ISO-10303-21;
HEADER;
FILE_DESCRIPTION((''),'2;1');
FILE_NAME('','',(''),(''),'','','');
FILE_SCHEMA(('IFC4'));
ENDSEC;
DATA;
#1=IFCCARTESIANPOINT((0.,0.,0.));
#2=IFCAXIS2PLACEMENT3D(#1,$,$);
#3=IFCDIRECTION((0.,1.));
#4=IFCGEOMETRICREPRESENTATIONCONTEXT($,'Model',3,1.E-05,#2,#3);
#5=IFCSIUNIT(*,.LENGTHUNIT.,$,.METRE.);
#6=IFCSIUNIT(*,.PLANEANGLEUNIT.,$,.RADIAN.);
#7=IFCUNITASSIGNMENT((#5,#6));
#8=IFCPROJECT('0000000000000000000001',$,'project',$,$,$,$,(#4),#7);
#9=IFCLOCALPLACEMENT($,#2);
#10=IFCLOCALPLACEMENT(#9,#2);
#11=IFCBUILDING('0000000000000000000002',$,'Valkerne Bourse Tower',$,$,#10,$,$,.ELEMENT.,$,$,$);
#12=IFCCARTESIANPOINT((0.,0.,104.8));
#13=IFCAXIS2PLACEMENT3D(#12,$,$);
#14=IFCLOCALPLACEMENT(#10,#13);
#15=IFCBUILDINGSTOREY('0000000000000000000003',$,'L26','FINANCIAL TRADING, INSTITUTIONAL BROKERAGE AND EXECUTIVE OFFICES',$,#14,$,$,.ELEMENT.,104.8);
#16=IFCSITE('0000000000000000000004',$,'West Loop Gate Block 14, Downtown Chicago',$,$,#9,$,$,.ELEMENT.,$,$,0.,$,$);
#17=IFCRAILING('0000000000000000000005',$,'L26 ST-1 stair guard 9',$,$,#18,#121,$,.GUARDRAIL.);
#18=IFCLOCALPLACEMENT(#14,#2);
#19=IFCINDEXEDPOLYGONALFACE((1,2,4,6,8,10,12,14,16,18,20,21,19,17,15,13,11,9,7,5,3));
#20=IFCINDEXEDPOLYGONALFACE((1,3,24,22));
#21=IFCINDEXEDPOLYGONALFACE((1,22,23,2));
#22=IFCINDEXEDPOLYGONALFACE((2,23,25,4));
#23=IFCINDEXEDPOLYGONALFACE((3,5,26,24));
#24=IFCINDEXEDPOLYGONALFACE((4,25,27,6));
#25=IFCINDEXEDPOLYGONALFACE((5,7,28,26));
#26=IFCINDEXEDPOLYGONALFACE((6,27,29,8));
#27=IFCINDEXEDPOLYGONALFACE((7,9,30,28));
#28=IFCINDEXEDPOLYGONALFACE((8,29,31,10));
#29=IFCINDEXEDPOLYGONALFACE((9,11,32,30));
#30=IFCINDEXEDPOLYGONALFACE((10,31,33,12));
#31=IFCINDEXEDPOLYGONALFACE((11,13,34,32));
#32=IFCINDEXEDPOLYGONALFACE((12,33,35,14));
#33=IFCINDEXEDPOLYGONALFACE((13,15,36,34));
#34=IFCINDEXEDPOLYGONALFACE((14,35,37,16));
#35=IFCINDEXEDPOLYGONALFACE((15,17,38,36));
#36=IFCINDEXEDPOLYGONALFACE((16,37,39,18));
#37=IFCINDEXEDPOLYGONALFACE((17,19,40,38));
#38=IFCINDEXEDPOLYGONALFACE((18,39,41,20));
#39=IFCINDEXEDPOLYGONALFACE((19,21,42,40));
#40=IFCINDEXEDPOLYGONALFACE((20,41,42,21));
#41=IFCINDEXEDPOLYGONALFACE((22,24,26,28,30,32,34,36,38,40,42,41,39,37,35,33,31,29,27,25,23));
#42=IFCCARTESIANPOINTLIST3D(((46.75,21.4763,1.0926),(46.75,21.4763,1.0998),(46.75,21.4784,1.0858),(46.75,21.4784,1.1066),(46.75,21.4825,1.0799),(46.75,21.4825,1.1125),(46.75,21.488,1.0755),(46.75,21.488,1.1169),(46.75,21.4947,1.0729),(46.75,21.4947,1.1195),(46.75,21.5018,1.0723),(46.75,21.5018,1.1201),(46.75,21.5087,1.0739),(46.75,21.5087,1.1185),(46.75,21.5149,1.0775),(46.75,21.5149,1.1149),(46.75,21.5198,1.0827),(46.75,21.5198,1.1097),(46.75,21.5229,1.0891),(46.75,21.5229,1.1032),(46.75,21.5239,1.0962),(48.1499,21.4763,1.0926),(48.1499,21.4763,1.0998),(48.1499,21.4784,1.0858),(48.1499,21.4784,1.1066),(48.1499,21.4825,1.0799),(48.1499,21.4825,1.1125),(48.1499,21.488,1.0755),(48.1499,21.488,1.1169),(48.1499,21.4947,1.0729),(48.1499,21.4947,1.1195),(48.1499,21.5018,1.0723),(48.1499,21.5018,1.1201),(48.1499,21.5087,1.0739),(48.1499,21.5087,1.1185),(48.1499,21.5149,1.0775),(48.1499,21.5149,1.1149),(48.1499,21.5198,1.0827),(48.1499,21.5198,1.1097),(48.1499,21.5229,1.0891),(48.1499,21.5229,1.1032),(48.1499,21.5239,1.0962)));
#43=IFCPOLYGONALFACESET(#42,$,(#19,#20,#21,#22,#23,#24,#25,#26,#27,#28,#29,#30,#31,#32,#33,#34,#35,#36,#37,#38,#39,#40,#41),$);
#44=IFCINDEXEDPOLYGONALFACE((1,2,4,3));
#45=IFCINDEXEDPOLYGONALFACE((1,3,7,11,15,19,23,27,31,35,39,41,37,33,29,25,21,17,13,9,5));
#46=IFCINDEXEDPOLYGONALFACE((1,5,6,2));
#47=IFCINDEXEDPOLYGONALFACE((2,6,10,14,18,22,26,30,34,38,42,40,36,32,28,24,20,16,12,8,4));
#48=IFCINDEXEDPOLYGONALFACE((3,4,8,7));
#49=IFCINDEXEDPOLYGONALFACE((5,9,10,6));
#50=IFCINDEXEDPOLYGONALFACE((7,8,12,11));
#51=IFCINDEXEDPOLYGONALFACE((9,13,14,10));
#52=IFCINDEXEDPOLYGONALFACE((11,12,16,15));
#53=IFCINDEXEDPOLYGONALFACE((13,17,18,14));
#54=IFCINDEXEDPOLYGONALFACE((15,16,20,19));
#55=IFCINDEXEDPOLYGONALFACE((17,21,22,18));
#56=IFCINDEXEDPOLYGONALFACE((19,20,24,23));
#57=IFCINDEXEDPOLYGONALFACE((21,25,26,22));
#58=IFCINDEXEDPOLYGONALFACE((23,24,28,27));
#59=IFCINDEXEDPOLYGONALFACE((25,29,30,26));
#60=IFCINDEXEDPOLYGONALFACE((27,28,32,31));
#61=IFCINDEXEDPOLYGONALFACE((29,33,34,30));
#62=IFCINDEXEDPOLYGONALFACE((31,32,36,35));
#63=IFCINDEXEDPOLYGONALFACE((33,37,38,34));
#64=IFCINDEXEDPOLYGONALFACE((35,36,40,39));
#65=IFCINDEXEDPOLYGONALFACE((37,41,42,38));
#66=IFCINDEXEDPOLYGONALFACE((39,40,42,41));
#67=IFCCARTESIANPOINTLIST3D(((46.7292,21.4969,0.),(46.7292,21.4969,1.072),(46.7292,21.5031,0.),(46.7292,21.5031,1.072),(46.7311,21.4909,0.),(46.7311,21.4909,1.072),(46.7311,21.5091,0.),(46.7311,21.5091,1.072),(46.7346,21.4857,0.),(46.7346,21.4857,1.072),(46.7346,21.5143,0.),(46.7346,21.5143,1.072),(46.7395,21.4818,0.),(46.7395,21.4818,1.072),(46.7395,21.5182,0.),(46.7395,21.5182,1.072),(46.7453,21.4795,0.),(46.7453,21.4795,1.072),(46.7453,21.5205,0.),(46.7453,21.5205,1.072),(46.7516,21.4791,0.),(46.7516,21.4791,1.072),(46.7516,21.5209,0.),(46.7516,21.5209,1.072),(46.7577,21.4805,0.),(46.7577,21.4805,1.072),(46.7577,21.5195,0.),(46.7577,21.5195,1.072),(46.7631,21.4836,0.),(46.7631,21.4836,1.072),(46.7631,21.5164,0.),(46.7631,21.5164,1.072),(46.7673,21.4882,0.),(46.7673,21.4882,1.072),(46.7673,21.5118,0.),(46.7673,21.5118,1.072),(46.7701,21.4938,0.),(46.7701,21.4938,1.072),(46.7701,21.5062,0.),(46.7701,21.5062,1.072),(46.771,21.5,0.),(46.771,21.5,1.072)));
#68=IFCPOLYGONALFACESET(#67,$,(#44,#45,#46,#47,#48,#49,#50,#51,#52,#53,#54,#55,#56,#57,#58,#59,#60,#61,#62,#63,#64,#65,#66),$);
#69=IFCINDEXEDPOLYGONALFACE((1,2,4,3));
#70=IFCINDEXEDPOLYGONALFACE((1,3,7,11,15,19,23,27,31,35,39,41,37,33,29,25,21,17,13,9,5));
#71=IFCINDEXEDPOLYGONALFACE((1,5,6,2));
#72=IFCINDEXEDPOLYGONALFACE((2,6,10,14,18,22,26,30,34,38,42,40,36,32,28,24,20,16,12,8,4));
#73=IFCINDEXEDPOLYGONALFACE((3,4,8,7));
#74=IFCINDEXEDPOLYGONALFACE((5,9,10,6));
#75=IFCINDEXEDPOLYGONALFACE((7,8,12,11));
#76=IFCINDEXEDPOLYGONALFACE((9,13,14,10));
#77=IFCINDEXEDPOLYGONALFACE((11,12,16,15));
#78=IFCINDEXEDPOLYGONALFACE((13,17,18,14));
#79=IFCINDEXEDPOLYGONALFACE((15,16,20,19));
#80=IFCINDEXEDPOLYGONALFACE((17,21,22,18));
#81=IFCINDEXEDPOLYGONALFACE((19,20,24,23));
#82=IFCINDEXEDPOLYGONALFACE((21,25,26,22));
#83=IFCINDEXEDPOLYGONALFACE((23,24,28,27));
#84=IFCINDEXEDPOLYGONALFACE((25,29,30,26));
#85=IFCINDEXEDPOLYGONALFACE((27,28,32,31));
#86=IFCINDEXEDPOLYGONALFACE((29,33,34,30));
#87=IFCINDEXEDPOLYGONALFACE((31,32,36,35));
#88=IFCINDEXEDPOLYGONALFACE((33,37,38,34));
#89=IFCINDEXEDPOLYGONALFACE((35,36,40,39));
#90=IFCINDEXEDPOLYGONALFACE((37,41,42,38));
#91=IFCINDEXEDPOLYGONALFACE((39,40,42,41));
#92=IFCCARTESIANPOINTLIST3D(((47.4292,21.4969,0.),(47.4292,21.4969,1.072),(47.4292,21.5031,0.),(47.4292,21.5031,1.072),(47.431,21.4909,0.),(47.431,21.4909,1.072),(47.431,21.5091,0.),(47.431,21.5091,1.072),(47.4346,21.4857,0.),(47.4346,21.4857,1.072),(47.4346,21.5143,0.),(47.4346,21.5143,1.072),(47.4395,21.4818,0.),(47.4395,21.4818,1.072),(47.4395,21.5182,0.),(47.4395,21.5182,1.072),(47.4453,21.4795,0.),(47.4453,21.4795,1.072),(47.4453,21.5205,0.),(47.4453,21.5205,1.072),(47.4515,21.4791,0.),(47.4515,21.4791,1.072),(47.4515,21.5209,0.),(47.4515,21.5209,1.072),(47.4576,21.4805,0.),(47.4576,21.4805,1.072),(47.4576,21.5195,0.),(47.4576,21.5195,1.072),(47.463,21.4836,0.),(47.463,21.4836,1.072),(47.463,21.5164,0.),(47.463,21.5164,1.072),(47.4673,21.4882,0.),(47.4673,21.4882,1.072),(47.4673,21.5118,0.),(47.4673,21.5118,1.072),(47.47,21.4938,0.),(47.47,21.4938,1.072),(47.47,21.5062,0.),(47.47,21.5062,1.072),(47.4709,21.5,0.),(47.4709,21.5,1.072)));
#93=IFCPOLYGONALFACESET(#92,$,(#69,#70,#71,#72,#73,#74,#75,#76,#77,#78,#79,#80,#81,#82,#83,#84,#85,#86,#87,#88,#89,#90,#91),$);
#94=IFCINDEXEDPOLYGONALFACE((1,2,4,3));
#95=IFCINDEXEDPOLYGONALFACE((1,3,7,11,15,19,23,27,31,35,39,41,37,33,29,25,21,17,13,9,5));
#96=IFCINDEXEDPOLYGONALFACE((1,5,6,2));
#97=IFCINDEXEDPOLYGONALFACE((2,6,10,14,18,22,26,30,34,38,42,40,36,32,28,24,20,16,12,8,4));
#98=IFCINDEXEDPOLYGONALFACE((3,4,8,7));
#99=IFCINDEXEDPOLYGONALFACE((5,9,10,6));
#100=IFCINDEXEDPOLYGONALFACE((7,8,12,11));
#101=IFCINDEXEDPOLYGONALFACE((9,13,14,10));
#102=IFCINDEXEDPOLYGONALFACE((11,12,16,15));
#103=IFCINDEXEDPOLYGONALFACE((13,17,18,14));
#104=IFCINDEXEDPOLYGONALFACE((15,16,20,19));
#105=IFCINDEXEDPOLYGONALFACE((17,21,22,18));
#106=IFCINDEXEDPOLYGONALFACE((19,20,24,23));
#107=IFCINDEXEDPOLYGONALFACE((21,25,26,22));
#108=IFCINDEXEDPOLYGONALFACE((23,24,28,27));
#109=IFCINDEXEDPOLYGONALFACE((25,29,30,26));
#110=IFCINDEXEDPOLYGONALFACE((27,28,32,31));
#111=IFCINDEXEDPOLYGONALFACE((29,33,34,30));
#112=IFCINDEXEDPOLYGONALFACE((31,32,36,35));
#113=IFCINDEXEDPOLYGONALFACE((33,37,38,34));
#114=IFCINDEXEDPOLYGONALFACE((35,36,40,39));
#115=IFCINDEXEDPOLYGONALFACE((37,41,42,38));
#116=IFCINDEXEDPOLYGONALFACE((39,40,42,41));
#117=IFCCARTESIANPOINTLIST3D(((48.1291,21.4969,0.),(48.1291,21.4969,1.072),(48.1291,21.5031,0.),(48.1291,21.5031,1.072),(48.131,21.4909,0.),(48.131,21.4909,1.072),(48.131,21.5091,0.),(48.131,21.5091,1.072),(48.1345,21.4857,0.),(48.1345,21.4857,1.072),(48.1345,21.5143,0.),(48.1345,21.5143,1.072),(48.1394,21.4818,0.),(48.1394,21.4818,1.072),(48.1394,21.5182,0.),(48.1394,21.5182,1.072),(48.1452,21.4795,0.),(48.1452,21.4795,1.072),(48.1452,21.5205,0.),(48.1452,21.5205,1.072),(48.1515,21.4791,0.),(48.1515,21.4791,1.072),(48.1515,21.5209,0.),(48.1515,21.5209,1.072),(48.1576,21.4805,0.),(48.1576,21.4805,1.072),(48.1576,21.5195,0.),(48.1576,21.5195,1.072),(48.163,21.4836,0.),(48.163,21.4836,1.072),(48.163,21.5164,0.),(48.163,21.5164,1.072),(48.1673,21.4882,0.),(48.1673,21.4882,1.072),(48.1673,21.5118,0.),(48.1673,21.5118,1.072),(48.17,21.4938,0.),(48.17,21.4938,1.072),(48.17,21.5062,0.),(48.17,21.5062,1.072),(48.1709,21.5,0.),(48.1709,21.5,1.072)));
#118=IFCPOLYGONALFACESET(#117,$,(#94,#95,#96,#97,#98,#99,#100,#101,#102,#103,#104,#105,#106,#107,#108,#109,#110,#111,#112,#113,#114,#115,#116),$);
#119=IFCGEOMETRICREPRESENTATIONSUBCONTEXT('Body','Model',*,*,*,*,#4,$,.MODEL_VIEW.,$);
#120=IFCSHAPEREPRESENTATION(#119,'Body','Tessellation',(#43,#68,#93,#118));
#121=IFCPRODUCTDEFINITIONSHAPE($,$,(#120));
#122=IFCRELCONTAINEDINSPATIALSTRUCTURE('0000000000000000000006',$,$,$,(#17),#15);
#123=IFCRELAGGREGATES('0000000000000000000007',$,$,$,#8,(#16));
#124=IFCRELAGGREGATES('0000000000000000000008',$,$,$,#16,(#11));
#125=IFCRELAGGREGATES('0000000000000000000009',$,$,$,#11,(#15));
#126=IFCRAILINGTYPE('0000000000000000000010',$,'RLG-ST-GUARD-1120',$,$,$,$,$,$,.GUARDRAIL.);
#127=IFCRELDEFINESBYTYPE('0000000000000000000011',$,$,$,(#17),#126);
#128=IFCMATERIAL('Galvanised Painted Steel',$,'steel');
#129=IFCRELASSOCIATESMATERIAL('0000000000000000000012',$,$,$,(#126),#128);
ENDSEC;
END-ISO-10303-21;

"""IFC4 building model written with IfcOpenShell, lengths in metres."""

from ifc_helpers import new_model, si_unit, direction, frame, origin, origin_2d, place, context, subcontext, project, spatial, circle, extrude, material, type_object, element, save


model = new_model("IFC4")

# Units and contexts
model_context = context("Model", 3, precision=1e-05, world=origin(), true_north=direction((0.0, 1.0)))
body_context = subcontext(model_context, "Body", "Model", "MODEL_VIEW")
ifc_project = project(units=[si_unit("LENGTHUNIT", "METRE"), si_unit("PLANEANGLEUNIT", "RADIAN")], contexts=[model_context])

# Site, building, storey
site_placement = place(None, origin())
site = spatial("IfcSite", under=ifc_project, at=site_placement, Name="West Loop Gate Block 14, Downtown Chicago", CompositionType="ELEMENT", RefElevation=0.0)
building_placement = place(site_placement, origin())
building = spatial("IfcBuilding", under=site, at=building_placement, Name="Valkerne Bourse Tower", CompositionType="ELEMENT")
storey_placement = place(building_placement, frame((0.0, 0.0, 104.8)))
storey = spatial("IfcBuildingStorey", under=building, at=storey_placement, Name="L26", Description="FINANCIAL TRADING, INSTITUTIONAL BROKERAGE AND EXECUTIVE OFFICES", CompositionType="ELEMENT", Elevation=104.8)

# Shared definitions
ifc_material_1 = material(Name="Galvanised Painted Steel", Category="steel")

# Railing
railing_type_1 = type_object("IfcRailingType", Name="RLG-ST-GUARD-1120", PredefinedType="GUARDRAIL", material=ifc_material_1)
for number, where, name in (
    (1, (46.75, 21.5, 0.0), "L26 ST-1 stair guard 9"),
):
    element("IfcRailing", number, at=place(storey_placement, frame(where)), inside=storey, type_object=railing_type_1, Name=name, PredefinedType="GUARDRAIL", context=body_context, shape_type="SweptSolid", body=[
        extrude(circle(Radius=0.0239, at=origin_2d()), frame((0.0, 0.0, 1.0962), z_axis=(1.0, 0.0, 0.0), x_axis=(0.0, 1.0, 0.0)), (0.0, 0.0, 1.0), 1.3999),
        extrude(circle(Radius=0.021, at=origin_2d()), origin(), (0.0, 0.0, 1.0), 1.072),
        extrude(circle(Radius=0.021, at=origin_2d()), frame((0.7, 0.0, 0.0)), (0.0, 0.0, 1.0), 1.072),
        extrude(circle(Radius=0.021, at=origin_2d()), frame((1.3999, 0.0, 0.0)), (0.0, 0.0, 1.0), 1.072),
    ])

save(model, "model.ifc")
